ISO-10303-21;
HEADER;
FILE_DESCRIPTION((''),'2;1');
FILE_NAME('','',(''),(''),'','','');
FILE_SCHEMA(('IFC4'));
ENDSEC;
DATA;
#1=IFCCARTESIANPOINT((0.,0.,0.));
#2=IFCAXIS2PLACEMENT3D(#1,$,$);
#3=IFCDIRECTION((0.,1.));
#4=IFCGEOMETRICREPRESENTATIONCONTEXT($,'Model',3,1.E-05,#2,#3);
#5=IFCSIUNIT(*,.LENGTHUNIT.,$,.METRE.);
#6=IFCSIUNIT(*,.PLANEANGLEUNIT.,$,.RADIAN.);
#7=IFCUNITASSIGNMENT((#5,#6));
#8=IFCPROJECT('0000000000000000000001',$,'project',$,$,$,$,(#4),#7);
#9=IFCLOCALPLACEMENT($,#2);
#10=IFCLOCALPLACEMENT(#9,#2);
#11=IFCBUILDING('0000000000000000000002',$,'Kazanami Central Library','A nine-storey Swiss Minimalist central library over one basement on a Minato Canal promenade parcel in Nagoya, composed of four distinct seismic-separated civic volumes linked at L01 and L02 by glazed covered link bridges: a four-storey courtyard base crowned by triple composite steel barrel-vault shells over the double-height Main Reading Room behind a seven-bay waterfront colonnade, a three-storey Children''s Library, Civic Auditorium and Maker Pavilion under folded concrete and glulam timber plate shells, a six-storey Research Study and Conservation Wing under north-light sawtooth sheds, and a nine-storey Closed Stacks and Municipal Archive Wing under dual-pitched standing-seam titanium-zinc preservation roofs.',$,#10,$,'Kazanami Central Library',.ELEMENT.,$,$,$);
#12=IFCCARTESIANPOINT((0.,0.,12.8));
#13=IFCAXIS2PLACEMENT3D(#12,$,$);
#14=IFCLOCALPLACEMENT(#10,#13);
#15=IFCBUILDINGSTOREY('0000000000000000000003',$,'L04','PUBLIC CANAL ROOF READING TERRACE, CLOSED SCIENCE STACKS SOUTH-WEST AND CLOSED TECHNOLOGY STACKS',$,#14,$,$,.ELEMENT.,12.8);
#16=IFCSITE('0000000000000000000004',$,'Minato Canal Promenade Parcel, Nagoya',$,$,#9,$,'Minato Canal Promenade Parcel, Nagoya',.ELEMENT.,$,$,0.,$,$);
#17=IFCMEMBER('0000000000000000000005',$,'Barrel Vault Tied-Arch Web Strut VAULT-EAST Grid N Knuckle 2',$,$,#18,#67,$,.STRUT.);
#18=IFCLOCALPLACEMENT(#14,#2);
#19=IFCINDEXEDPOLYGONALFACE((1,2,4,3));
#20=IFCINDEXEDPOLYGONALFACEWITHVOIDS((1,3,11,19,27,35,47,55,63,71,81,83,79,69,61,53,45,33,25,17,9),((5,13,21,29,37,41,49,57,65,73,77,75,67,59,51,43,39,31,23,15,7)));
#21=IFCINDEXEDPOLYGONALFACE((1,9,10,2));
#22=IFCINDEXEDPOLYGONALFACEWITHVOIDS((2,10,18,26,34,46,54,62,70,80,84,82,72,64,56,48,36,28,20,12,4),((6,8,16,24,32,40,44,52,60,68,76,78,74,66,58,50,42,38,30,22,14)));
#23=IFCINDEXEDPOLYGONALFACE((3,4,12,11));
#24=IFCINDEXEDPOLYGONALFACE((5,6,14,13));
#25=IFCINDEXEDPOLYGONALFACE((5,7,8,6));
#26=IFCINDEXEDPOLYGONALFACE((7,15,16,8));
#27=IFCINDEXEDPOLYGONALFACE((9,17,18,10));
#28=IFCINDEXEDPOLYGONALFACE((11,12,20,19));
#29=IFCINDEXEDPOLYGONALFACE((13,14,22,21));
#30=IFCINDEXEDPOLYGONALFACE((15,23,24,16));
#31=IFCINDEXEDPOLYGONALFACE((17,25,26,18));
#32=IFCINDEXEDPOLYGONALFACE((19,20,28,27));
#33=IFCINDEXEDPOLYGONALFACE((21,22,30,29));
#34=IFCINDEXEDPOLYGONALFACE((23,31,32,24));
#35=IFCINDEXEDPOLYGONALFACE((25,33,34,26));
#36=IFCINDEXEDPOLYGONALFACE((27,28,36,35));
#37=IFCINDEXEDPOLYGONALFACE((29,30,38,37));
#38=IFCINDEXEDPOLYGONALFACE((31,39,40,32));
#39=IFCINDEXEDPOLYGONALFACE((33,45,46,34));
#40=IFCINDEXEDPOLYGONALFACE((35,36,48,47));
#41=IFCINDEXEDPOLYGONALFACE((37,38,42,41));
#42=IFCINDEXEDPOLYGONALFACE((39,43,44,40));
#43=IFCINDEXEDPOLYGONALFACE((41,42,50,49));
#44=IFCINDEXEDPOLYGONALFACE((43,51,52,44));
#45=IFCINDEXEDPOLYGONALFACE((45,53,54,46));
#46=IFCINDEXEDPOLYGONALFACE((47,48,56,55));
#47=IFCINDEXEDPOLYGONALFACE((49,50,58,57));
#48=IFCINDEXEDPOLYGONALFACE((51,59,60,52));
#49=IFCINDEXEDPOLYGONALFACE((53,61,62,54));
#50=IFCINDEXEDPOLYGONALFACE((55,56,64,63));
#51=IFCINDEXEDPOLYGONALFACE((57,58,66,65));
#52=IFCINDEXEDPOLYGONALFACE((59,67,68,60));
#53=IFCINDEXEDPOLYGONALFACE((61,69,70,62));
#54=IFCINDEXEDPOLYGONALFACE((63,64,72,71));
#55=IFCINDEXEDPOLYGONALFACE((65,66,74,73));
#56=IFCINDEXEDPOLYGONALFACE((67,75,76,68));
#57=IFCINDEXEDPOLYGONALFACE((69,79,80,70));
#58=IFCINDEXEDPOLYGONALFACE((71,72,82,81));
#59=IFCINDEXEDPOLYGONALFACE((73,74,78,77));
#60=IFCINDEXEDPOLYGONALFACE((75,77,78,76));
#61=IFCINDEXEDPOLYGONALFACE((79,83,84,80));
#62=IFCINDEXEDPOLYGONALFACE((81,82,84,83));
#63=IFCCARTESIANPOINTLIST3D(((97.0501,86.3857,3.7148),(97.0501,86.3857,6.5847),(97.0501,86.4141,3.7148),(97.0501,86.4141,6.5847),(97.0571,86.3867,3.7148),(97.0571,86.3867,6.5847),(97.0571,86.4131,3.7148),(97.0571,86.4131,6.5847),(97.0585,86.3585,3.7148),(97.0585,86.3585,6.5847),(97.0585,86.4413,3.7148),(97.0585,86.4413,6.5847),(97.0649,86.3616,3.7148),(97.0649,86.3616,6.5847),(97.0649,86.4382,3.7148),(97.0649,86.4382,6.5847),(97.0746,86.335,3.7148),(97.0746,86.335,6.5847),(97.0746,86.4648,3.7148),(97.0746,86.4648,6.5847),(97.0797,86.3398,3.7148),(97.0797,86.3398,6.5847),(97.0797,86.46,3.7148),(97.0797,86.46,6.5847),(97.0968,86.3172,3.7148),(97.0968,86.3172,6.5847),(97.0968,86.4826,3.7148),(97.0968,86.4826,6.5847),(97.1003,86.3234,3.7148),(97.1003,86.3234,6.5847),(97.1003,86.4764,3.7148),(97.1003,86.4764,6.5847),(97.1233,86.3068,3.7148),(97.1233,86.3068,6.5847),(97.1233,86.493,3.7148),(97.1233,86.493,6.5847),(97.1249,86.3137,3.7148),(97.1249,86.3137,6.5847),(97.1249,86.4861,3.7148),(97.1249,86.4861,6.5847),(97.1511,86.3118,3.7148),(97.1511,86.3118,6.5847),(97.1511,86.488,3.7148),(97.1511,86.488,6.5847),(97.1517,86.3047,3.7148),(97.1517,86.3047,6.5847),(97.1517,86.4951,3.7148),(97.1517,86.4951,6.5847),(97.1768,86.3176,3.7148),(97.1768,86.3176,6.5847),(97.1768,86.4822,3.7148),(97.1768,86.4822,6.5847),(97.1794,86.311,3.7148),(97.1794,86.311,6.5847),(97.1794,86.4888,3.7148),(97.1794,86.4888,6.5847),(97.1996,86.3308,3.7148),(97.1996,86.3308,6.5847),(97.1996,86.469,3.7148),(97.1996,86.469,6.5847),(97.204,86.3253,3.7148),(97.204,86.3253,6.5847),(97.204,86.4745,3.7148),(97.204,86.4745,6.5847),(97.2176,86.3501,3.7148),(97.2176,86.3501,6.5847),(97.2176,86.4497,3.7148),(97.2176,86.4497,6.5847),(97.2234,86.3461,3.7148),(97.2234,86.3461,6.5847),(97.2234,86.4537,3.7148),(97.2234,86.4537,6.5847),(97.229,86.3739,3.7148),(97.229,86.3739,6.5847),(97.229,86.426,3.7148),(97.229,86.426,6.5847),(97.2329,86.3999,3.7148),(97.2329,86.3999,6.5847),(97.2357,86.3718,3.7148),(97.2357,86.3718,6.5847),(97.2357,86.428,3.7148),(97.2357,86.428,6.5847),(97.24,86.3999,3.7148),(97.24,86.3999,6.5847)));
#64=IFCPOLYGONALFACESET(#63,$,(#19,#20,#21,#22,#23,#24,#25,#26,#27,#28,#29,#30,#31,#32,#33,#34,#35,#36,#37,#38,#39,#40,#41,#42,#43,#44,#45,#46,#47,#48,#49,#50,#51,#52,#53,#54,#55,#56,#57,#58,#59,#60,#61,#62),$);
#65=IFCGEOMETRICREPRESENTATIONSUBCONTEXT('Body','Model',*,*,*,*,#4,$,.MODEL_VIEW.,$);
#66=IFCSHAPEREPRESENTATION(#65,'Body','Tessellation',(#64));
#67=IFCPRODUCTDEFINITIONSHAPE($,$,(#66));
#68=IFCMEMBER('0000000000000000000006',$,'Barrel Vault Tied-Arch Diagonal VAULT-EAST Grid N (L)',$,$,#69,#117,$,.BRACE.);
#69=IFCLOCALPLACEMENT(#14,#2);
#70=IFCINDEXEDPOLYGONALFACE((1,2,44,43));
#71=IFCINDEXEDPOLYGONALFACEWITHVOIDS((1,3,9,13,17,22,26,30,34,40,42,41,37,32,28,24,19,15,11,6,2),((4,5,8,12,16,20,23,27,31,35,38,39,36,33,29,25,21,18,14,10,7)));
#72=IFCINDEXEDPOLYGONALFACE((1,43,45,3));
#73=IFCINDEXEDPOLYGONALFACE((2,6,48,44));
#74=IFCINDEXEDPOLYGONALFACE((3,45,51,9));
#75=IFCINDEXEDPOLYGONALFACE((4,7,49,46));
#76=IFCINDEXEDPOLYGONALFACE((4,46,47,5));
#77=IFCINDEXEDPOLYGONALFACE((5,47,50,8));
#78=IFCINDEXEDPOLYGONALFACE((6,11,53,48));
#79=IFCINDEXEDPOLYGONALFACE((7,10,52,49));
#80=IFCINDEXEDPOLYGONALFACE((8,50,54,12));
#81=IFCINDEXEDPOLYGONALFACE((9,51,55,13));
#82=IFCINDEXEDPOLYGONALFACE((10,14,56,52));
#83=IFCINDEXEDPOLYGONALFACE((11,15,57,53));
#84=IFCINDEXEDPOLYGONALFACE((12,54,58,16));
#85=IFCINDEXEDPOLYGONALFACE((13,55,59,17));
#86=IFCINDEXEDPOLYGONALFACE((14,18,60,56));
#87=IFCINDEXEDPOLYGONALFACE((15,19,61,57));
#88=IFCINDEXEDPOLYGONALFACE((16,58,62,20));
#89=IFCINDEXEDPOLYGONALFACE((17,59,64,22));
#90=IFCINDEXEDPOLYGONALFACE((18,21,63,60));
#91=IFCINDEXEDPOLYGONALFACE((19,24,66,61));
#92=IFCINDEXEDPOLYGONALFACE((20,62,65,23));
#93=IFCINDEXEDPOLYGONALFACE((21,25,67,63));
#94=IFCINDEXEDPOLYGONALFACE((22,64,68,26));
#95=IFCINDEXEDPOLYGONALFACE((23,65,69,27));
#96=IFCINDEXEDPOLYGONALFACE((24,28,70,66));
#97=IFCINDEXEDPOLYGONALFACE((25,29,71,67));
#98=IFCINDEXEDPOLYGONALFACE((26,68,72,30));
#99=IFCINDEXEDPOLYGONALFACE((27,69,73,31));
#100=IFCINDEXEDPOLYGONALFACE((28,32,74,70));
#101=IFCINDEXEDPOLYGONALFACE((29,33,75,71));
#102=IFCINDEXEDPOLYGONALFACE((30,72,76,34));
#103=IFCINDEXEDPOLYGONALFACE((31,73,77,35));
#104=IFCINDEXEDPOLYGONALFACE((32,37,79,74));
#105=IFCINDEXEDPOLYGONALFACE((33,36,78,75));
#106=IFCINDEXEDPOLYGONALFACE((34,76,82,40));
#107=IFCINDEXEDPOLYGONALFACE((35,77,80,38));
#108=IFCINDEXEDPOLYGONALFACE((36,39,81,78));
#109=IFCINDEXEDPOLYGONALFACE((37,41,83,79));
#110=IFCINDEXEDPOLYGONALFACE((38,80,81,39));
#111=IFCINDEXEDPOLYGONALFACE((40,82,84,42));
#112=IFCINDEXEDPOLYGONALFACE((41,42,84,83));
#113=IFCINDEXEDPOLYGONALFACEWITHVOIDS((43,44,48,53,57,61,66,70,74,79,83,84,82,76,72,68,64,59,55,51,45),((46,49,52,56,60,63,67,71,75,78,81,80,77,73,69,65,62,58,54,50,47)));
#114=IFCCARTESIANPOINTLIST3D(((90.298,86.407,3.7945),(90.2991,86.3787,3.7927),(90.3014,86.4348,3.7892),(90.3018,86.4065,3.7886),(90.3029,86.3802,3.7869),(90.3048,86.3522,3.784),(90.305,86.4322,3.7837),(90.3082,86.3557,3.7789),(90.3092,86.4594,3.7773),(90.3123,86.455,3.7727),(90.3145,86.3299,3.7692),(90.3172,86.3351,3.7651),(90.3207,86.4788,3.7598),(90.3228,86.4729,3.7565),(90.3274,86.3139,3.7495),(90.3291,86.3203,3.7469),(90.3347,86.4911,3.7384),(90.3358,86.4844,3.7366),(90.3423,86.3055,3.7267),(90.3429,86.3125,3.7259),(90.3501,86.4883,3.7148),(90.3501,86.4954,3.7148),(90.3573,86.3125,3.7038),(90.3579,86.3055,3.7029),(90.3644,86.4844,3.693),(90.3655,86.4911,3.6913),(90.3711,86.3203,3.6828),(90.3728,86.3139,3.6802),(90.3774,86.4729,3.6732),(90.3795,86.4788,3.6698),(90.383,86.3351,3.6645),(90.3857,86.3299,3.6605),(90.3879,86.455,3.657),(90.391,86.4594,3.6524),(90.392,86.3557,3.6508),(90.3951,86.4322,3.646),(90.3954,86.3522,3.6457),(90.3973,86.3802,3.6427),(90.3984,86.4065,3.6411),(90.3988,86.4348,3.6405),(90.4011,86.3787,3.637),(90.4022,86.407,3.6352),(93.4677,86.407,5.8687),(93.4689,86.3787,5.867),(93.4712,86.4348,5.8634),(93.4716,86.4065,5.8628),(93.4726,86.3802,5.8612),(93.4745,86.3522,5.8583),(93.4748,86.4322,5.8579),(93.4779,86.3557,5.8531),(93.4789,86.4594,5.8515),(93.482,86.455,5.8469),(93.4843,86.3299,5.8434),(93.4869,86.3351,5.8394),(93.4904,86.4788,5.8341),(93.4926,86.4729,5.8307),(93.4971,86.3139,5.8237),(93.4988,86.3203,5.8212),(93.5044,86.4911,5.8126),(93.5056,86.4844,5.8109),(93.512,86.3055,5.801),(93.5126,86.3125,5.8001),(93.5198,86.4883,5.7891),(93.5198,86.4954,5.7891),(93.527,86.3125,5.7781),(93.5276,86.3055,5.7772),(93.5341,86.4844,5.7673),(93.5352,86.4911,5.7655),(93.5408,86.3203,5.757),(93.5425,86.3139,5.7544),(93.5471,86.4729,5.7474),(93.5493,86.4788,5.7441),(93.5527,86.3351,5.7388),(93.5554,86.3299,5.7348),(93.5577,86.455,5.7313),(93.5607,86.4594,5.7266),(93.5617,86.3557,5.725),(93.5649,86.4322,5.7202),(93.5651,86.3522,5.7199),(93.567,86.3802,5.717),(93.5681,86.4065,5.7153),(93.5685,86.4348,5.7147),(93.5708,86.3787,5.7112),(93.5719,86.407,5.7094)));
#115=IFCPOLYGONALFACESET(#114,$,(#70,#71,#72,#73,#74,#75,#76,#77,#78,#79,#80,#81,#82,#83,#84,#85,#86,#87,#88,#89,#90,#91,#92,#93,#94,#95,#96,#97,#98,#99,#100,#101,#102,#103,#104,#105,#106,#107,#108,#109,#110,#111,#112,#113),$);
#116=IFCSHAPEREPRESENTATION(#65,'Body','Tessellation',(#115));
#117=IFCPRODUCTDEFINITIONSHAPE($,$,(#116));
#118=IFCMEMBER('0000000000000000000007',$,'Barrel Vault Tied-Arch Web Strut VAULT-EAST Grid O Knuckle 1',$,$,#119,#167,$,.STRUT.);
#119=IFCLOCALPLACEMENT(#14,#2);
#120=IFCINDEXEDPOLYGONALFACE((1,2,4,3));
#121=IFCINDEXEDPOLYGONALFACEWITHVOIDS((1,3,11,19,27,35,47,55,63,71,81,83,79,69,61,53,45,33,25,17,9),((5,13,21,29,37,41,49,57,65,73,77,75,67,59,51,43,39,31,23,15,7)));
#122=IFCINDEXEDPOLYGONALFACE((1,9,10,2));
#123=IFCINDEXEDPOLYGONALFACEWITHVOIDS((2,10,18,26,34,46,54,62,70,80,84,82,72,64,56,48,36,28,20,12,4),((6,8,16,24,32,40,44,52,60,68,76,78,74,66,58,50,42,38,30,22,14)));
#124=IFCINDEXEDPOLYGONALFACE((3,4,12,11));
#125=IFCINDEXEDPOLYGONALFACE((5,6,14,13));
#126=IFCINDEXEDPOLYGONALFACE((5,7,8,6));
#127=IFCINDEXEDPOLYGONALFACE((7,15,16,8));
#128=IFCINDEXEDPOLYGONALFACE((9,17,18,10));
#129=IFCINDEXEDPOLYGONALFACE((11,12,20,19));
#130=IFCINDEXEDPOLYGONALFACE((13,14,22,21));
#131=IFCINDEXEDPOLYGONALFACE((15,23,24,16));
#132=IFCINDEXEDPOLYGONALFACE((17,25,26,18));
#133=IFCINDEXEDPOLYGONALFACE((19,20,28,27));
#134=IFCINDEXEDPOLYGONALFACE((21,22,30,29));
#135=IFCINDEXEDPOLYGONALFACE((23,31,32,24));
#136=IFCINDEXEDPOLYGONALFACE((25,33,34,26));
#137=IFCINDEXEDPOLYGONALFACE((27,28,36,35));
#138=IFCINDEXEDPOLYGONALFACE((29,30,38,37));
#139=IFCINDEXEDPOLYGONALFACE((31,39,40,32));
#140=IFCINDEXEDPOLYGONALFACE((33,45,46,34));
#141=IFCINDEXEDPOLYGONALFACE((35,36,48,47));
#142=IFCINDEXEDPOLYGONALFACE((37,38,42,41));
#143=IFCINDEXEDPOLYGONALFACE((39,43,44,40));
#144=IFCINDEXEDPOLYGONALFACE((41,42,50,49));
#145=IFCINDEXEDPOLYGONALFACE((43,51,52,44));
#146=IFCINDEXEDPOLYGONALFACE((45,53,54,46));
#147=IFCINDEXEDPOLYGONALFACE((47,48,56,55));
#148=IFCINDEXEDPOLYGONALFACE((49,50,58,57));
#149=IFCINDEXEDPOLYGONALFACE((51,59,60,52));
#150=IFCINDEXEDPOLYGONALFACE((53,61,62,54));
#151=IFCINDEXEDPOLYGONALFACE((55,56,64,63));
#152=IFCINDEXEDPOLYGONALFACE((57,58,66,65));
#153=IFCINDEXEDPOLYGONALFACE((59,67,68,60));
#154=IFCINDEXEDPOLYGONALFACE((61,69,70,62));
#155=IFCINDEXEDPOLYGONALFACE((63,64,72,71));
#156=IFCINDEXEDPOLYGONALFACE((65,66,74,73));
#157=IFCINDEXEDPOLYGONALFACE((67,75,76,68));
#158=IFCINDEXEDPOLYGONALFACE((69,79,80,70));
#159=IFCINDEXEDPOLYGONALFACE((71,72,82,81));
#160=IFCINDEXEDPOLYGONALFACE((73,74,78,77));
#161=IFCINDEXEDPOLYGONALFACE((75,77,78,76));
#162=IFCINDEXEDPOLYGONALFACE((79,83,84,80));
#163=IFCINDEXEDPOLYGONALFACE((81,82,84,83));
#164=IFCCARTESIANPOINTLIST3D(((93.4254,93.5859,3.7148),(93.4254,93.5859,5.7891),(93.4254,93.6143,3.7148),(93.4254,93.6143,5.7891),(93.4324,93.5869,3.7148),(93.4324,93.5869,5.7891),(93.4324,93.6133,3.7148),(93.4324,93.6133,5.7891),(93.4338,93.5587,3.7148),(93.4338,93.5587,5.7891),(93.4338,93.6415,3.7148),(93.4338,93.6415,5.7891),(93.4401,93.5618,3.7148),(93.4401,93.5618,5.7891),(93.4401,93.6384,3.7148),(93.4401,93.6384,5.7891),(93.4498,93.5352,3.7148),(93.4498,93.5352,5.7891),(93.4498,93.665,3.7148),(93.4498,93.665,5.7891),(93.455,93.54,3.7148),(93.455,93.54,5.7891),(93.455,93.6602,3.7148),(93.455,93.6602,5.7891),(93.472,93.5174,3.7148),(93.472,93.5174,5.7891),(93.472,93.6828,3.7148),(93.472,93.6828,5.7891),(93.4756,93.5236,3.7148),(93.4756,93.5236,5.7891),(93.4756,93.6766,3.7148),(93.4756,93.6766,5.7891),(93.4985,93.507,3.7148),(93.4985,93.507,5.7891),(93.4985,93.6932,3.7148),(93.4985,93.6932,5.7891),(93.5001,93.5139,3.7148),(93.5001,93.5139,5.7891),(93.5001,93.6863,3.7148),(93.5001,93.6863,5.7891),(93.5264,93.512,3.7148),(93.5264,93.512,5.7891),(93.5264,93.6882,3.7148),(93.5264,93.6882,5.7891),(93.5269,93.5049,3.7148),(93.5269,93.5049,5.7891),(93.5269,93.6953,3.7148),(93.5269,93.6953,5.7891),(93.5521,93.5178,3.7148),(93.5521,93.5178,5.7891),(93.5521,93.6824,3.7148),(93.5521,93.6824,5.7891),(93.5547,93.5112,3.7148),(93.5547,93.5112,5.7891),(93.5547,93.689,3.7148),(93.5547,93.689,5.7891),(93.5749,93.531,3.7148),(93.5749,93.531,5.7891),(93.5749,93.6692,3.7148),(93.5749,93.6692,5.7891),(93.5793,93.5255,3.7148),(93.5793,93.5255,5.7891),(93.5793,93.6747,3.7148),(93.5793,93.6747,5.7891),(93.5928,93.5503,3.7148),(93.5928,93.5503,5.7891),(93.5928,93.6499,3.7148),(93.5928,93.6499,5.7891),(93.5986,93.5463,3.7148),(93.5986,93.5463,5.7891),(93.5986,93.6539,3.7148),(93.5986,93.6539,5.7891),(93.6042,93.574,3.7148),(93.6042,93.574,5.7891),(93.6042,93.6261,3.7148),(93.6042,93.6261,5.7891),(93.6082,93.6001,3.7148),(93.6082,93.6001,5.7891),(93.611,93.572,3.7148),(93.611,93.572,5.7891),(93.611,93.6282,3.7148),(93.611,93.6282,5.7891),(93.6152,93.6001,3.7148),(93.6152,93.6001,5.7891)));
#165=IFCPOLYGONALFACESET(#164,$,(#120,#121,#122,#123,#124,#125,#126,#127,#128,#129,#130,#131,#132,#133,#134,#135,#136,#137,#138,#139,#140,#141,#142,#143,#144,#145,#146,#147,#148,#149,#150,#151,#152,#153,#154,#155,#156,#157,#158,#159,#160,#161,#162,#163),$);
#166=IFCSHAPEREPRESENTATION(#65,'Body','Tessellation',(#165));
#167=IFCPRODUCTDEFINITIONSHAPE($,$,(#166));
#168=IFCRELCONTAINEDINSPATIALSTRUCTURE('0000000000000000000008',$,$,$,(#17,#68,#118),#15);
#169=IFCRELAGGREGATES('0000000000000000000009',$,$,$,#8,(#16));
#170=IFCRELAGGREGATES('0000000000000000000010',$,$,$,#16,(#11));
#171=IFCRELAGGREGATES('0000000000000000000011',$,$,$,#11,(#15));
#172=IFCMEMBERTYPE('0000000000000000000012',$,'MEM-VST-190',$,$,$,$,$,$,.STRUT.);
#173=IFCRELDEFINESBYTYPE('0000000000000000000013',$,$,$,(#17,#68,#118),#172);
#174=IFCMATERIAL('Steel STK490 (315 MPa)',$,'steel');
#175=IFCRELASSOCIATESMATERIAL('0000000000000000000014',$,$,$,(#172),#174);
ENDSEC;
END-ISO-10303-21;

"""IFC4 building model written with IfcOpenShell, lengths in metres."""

from ifc_helpers import new_model, si_unit, direction, frame, origin, origin_2d, place, context, subcontext, project, spatial, hollow_circle, extrude, material, material_profile, profile_set, type_object, element, save


model = new_model("IFC4")

# Units and contexts
model_context = context("Model", 3, precision=1e-05, world=origin(), true_north=direction((0.0, 1.0)))
body_context = subcontext(model_context, "Body", "Model", "MODEL_VIEW")
ifc_project = project(units=[si_unit("LENGTHUNIT", "METRE"), si_unit("PLANEANGLEUNIT", "RADIAN")], contexts=[model_context])

# Site, building, storey
site_placement = place(None, origin())
site = spatial("IfcSite", under=ifc_project, at=site_placement, Name="Minato Canal Promenade Parcel, Nagoya", LongName="Minato Canal Promenade Parcel, Nagoya", CompositionType="ELEMENT", RefElevation=0.0)
building_placement = place(site_placement, origin())
building = spatial("IfcBuilding", under=site, at=building_placement, Name="Kazanami Central Library", Description="A nine-storey Swiss Minimalist central library over one basement on a Minato Canal promenade parcel in Nagoya, composed of four distinct seismic-separated civic volumes linked at L01 and L02 by glazed covered link bridges: a four-storey courtyard base crowned by triple composite steel barrel-vault shells over the double-height Main Reading Room behind a seven-bay waterfront colonnade, a three-storey Children's Library, Civic Auditorium and Maker Pavilion under folded concrete and glulam timber plate shells, a six-storey Research Study and Conservation Wing under north-light sawtooth sheds, and a nine-storey Closed Stacks and Municipal Archive Wing under dual-pitched standing-seam titanium-zinc preservation roofs.", LongName="Kazanami Central Library", CompositionType="ELEMENT")
storey_placement = place(building_placement, frame((0.0, 0.0, 12.8)))
storey = spatial("IfcBuildingStorey", under=building, at=storey_placement, Name="L04", Description="PUBLIC CANAL ROOF READING TERRACE, CLOSED SCIENCE STACKS SOUTH-WEST AND CLOSED TECHNOLOGY STACKS", CompositionType="ELEMENT", Elevation=12.8)

# Members
ifc_material_1 = material(Name="Steel STK490 (315 MPa)", Category="steel")
ifc_material_profile_1 = material_profile(ifc_material_1, hollow_circle(Radius=0.0955, WallThickness=0.0071, at=origin_2d()), Name="CHS-190.7x7.0")
ifc_profile_set_1 = profile_set([ifc_material_profile_1], Name="Steel STK490 (315 MPa)")
member_type_1 = type_object("IfcMemberType", Name="MEM-VST-190", PredefinedType="STRUT", material=ifc_profile_set_1)
member_1_placement = place(storey_placement, frame((97.1445, 86.3999, 3.7148), z_axis=(0.0, 0.0, 1.0), x_axis=(1.0, 0.0, 0.0)))
element("IfcMember", 1, at=member_1_placement, inside=storey, type_object=member_type_1, Name="Barrel Vault Tied-Arch Web Strut VAULT-EAST Grid N Knuckle 2", PredefinedType="STRUT", context=body_context, shape_type="SweptSolid", body=[
    extrude(hollow_circle(Radius=0.0955, WallThickness=0.0071, at=origin_2d()), origin(), (0.0, 0.0, 1.0), 2.8699),
])
member_2_placement = place(storey_placement, frame((90.3501, 86.3999, 3.7148), z_axis=(0.83676, 0.0, 0.547571), x_axis=(0.0, 1.0, 0.0)))
element("IfcMember", 2, at=member_2_placement, inside=storey, type_object=member_type_1, Name="Barrel Vault Tied-Arch Diagonal VAULT-EAST Grid N (L)", PredefinedType="BRACE", context=body_context, shape_type="SweptSolid", body=[
    extrude(hollow_circle(Radius=0.0955, WallThickness=0.0071, at=origin_2d()), origin(), (0.0, 0.0, 1.0), 3.7881),
])
member_3_placement = place(storey_placement, frame((93.5198, 93.6001, 3.7148), z_axis=(0.0, 0.0, 1.0), x_axis=(1.0, 0.0, 0.0)))
element("IfcMember", 3, at=member_3_placement, inside=storey, type_object=member_type_1, Name="Barrel Vault Tied-Arch Web Strut VAULT-EAST Grid O Knuckle 1", PredefinedType="STRUT", context=body_context, shape_type="SweptSolid", body=[
    extrude(hollow_circle(Radius=0.0955, WallThickness=0.0071, at=origin_2d()), origin(), (0.0, 0.0, 1.0), 2.0742),
])

save(model, "model.ifc")
